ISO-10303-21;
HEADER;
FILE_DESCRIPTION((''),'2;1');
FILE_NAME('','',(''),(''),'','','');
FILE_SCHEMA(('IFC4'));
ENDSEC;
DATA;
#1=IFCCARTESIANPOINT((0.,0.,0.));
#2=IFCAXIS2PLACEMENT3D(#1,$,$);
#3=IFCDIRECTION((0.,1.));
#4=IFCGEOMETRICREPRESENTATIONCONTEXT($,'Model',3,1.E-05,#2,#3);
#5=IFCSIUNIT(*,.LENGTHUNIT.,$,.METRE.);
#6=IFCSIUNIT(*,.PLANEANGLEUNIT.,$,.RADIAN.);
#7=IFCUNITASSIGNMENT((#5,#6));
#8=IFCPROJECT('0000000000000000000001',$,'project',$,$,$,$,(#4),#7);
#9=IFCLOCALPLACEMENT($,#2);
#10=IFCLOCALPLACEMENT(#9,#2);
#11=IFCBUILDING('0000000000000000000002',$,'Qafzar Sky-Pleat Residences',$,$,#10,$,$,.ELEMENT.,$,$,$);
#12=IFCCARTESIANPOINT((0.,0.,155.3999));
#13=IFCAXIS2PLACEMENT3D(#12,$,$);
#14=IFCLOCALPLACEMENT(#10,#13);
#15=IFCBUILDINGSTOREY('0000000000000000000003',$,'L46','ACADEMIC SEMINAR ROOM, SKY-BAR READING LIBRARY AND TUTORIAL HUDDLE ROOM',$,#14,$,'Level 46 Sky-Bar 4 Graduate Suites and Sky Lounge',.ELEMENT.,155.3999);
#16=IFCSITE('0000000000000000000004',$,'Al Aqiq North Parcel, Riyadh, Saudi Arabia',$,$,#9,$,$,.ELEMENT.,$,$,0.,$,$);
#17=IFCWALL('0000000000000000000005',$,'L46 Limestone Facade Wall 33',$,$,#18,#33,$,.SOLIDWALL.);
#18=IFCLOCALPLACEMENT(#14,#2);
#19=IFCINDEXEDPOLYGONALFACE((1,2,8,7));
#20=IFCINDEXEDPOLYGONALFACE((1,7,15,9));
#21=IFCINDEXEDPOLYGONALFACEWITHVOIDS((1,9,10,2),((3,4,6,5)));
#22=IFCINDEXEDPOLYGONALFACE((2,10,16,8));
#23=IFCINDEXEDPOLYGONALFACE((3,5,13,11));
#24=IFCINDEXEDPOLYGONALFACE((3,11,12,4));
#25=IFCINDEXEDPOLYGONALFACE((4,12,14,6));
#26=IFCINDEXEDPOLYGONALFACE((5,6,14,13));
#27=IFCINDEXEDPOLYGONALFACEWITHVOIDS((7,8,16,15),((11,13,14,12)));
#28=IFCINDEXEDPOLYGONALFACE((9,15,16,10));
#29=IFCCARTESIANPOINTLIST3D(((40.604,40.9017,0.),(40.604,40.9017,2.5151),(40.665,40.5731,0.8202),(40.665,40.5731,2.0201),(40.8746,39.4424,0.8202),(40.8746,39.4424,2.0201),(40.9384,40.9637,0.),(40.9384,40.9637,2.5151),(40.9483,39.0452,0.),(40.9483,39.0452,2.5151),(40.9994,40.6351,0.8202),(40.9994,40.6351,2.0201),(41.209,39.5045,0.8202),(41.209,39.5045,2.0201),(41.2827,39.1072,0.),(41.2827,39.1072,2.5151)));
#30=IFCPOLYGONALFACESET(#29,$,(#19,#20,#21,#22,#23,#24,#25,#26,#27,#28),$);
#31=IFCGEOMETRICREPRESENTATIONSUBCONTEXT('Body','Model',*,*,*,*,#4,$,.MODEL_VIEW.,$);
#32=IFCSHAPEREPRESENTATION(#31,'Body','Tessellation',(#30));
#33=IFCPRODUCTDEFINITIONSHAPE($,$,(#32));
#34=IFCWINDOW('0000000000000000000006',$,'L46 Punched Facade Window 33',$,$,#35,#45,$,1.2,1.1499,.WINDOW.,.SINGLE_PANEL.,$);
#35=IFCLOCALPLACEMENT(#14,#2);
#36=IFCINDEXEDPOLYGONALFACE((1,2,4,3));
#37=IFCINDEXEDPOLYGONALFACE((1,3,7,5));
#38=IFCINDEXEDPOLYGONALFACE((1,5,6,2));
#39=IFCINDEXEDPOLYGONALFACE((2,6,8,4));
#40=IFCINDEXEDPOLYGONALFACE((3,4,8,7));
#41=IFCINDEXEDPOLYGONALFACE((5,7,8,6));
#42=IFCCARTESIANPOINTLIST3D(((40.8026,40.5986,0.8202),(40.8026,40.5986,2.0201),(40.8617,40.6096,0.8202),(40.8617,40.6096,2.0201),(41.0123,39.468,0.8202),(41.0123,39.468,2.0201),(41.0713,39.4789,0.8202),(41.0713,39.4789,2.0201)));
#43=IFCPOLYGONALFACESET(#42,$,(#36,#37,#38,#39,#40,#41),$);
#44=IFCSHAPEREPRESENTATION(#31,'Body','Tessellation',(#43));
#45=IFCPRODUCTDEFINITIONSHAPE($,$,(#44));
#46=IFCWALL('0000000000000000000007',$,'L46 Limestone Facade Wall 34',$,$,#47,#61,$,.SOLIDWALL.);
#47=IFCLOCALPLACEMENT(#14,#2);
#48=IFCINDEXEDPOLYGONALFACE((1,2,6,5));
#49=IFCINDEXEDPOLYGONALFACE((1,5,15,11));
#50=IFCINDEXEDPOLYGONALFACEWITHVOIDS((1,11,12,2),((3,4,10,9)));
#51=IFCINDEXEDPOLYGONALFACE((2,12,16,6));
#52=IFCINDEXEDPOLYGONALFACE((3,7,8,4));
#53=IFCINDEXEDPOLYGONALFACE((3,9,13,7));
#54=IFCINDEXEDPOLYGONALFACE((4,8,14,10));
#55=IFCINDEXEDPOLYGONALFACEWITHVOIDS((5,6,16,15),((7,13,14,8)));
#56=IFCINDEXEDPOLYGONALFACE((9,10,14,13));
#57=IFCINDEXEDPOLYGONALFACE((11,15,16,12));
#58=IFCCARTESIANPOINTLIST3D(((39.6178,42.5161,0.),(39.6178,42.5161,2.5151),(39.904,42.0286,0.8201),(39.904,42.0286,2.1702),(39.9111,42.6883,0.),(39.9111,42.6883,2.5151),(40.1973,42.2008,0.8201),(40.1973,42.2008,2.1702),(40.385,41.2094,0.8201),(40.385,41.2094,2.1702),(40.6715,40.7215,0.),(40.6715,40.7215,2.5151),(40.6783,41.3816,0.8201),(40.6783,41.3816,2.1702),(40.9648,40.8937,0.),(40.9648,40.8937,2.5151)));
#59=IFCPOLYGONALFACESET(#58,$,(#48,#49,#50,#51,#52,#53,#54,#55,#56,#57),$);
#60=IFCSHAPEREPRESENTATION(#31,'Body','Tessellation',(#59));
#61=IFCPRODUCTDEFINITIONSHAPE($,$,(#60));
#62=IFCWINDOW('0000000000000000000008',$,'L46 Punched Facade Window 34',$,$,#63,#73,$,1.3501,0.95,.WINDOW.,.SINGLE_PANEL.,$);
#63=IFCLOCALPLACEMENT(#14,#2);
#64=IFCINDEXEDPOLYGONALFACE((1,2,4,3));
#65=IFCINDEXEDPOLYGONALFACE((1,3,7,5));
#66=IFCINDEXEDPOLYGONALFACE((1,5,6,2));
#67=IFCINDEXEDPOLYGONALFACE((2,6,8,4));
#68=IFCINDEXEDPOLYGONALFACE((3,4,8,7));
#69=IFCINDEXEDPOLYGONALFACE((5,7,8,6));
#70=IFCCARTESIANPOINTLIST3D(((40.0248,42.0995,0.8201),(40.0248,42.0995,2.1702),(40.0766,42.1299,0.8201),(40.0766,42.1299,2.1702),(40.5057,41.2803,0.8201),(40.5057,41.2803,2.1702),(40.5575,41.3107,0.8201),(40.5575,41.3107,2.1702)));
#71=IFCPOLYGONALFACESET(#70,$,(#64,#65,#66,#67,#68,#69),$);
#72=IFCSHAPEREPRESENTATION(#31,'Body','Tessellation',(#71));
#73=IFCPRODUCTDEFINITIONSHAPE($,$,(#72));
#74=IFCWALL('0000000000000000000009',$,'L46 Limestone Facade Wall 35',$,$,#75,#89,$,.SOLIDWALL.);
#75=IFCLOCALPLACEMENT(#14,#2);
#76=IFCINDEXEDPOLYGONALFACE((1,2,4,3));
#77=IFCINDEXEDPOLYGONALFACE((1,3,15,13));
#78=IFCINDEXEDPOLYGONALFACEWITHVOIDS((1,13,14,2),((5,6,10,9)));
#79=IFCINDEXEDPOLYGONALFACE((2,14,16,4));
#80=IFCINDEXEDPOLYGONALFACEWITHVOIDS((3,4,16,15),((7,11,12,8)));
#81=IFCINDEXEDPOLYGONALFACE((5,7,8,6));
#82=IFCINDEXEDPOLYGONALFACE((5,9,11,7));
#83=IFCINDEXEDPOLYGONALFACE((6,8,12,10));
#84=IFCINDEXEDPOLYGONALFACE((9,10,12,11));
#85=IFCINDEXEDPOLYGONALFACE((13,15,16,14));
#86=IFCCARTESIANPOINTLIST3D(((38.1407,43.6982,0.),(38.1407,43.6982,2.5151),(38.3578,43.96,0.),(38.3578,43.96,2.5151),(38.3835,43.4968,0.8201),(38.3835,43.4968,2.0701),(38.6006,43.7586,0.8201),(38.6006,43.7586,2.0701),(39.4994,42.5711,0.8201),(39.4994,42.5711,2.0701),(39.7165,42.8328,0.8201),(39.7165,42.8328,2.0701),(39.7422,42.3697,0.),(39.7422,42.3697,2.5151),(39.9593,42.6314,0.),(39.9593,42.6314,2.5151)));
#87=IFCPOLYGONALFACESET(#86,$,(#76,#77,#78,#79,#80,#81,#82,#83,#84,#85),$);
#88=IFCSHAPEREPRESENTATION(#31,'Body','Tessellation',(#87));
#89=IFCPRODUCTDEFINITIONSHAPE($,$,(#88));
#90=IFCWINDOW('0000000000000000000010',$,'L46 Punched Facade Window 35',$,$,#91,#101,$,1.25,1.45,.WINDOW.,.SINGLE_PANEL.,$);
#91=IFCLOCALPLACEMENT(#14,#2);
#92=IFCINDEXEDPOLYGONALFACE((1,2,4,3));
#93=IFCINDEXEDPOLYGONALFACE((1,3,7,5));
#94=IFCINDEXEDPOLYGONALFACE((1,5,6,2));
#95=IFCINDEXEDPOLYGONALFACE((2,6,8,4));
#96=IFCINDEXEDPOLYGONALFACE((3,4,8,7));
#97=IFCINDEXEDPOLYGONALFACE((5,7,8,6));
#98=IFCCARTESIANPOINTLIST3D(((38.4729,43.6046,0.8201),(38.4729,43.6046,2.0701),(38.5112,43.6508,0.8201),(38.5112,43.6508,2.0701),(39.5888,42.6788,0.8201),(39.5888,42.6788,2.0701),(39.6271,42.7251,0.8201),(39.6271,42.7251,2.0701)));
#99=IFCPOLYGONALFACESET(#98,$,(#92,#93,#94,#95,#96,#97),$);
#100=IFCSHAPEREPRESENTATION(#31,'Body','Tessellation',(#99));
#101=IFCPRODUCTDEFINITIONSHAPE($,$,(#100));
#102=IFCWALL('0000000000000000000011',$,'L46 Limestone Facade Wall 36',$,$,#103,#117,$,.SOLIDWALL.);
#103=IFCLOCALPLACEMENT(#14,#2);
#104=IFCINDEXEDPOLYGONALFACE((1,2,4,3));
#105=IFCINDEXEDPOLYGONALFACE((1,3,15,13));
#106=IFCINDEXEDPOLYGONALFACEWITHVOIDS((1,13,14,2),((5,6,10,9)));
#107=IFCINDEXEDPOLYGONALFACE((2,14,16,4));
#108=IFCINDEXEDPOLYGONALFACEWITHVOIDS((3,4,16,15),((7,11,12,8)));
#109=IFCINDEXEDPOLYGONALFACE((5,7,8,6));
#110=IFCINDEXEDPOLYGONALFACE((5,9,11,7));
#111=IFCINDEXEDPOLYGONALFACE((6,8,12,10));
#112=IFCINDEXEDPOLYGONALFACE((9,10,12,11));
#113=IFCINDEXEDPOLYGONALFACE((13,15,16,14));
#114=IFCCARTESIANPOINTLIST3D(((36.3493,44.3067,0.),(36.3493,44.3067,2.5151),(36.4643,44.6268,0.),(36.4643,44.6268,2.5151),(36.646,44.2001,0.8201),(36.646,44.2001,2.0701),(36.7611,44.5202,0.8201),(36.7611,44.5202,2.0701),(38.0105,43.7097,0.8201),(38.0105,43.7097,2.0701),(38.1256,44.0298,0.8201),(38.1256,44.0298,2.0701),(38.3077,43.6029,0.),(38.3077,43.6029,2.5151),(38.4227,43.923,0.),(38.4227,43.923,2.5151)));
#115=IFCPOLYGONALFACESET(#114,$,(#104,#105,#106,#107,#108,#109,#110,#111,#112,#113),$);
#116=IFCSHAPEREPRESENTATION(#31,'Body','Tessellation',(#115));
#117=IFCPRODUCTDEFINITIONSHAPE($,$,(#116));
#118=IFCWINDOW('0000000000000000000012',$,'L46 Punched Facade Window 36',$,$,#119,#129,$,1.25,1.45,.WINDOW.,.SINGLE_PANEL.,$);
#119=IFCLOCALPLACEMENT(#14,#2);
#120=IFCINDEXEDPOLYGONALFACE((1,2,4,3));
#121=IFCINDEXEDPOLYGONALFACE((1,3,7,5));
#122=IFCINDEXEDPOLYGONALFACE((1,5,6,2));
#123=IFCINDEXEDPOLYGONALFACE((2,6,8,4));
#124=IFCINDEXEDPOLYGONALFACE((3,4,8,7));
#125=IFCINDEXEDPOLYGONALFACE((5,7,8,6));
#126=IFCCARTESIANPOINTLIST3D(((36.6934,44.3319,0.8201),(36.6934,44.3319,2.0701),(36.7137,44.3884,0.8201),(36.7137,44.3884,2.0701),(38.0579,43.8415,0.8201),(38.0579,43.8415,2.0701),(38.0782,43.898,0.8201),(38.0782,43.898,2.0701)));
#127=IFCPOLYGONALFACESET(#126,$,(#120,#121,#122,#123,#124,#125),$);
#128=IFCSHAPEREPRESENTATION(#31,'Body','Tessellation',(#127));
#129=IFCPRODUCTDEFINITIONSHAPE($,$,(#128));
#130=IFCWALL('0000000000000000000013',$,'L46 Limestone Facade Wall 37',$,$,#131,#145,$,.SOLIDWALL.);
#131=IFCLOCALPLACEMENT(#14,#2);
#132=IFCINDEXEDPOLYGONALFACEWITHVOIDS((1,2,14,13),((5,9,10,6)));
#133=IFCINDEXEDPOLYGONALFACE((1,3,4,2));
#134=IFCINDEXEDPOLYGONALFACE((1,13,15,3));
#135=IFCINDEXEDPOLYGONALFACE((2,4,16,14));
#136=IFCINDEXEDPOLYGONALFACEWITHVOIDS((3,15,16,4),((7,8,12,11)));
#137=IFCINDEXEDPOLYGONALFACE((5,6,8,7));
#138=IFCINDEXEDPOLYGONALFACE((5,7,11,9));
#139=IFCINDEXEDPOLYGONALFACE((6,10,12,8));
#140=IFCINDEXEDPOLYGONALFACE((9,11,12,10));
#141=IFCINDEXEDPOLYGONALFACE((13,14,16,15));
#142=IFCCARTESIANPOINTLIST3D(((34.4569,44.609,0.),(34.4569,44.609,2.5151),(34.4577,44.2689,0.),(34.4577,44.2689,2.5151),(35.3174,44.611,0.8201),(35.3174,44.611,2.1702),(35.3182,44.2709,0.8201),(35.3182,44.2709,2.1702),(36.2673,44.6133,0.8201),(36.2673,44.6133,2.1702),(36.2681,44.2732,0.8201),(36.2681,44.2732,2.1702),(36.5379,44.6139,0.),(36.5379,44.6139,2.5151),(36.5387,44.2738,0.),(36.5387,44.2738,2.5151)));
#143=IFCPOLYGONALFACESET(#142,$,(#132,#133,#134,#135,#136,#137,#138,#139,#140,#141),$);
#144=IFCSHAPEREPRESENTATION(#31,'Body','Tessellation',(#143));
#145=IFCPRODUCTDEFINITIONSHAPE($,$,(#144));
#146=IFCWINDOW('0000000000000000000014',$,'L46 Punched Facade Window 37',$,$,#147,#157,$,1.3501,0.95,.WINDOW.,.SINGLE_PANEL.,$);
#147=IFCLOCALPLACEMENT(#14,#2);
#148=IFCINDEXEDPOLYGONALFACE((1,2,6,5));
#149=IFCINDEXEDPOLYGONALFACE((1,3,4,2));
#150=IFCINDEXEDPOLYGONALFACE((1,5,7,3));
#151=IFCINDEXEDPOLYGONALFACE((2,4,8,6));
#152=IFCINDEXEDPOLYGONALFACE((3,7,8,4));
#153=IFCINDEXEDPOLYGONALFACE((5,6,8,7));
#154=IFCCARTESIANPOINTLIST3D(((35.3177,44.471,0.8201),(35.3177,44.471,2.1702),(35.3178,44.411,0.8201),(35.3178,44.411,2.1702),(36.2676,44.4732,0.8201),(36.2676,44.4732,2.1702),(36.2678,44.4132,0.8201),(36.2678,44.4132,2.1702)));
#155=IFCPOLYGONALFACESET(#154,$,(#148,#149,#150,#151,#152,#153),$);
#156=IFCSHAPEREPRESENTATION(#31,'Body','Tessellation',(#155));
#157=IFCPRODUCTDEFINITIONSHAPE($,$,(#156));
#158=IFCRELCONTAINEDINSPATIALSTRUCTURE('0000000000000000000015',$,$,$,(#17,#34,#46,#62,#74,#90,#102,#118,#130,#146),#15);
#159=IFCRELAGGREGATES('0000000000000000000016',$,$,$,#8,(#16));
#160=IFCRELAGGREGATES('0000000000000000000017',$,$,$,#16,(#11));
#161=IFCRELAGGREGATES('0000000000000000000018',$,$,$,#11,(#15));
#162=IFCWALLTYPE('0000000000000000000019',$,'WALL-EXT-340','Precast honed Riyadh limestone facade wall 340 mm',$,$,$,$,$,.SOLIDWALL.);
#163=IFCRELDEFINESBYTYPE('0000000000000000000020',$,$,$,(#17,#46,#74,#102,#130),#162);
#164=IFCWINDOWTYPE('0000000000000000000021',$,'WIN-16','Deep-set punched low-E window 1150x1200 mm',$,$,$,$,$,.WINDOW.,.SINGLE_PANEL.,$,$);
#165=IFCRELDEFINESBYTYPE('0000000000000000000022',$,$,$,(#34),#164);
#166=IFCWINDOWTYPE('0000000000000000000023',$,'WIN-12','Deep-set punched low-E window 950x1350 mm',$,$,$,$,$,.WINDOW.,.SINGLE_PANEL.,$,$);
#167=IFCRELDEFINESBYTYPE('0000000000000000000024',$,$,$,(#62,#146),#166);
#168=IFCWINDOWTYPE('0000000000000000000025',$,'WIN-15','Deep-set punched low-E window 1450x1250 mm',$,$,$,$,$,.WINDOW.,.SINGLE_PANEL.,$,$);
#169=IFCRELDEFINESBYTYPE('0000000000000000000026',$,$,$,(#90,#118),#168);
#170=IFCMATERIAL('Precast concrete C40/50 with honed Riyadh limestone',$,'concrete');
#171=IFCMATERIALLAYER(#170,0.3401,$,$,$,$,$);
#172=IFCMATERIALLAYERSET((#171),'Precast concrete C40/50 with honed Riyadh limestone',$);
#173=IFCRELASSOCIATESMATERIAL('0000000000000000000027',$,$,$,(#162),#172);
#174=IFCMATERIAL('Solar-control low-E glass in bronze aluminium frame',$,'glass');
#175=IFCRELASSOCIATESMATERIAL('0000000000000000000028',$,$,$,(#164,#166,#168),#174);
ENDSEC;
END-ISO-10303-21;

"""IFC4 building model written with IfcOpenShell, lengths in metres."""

from ifc_helpers import new_model, si_unit, direction, frame, frame_2d, origin, place, context, subcontext, project, spatial, rectangle, extrude, source, transform, mapped, material, layer, layer_set, type_object, element, fill, save


model = new_model("IFC4")

# Units and contexts
model_context = context("Model", 3, precision=1e-05, world=origin(), true_north=direction((0.0, 1.0)))
body_context = subcontext(model_context, "Body", "Model", "MODEL_VIEW")
ifc_project = project(units=[si_unit("LENGTHUNIT", "METRE"), si_unit("PLANEANGLEUNIT", "RADIAN")], contexts=[model_context])

# Site, building, storey
site_placement = place(None, origin())
site = spatial("IfcSite", under=ifc_project, at=site_placement, Name="Al Aqiq North Parcel, Riyadh, Saudi Arabia", CompositionType="ELEMENT", RefElevation=0.0)
building_placement = place(site_placement, origin())
building = spatial("IfcBuilding", under=site, at=building_placement, Name="Qafzar Sky-Pleat Residences", CompositionType="ELEMENT")
storey_placement = place(building_placement, frame((0.0, 0.0, 155.3999)))
storey = spatial("IfcBuildingStorey", under=building, at=storey_placement, Name="L46", Description="ACADEMIC SEMINAR ROOM, SKY-BAR READING LIBRARY AND TUTORIAL HUDDLE ROOM", LongName="Level 46 Sky-Bar 4 Graduate Suites and Sky Lounge", CompositionType="ELEMENT", Elevation=155.3999)

# Walls, openings, windows
ifc_material_1 = material(Name="Precast concrete C40/50 with honed Riyadh limestone", Category="concrete")
ifc_layer_1 = layer(ifc_material_1, 0.3401)
ifc_layer_set_1 = layer_set([ifc_layer_1], Name="Precast concrete C40/50 with honed Riyadh limestone")
wall_type_1 = type_object("IfcWallType", Name="WALL-EXT-340", Description="Precast honed Riyadh limestone facade wall 340 mm", PredefinedType="SOLIDWALL", material=ifc_layer_set_1)
wall_1_placement = place(storey_placement, frame((41.1155, 39.0762, 0.0), z_axis=(0.0, 0.0, 1.0), x_axis=(-0.182321, 0.983239, 0.0)))
wall_1 = element("IfcWall", 1, at=wall_1_placement, inside=storey, type_object=wall_type_1, Name="L46 Limestone Facade Wall 33", PredefinedType="SOLIDWALL", context=body_context, shape_type="SweptSolid", body=[
    extrude(rectangle(XDim=1.8882, YDim=0.3401, at=frame_2d((0.9441, 0.0))), origin(), (0.0, 0.0, 1.0), 2.5151),
])
opening_1_placement = place(wall_1_placement, frame((0.4041, 0.0, 0.8201)))
opening_1 = element("IfcOpeningElement", 2, at=opening_1_placement, cuts=wall_1, PredefinedType="OPENING", context=body_context, shape_type="SweptSolid", body=[
    extrude(rectangle(XDim=1.1499, YDim=1.2, at=frame_2d((0.575, 0.6001))), frame((0.0, 0.1802, 0.0), z_axis=(0.0, -1.0, 0.0), x_axis=(1.0, 0.0, 0.0)), (0.0, 0.0, 1.0), 0.3601),
])
ifc_material_2 = material(Name="Solar-control low-E glass in bronze aluminium frame", Category="glass")
window_type_1 = type_object("IfcWindowType", Name="WIN-16", Description="Deep-set punched low-E window 1150x1200 mm", PartitioningType="SINGLE_PANEL", PredefinedType="WINDOW", material=ifc_material_2)
shared_shape_1 = source(origin(), body_context, "Body", "SweptSolid", [
    extrude(rectangle(XDim=1.1499, YDim=1.2, at=frame_2d((0.575, 0.6001))), frame((0.0, 0.03, 0.0), z_axis=(0.0, -1.0, 0.0), x_axis=(1.0, 0.0, 0.0)), (0.0, 0.0, 1.0), 0.0601),
])
window_1_placement = place(opening_1_placement, origin())
window_1 = element("IfcWindow", 3, at=window_1_placement, inside=storey, type_object=window_type_1, Name="L46 Punched Facade Window 33", OverallHeight=1.2, OverallWidth=1.1499, PartitioningType="SINGLE_PANEL", PredefinedType="WINDOW", context=body_context, shape_type="MappedRepresentation", body=[
    mapped(shared_shape_1, transform((0.0, 0.0, 0.0), x_axis=(1.0, 0.0, 0.0), y_axis=(0.0, 1.0, 0.0), z_axis=(0.0, 0.0, 1.0), scale=1.0)),
])
fill(opening_1, window_1)
wall_2_placement = place(storey_placement, frame((40.8181, 40.8076, 0.0), z_axis=(0.0, 0.0, 1.0), x_axis=(-0.506312, 0.86235, 0.0)))
wall_2 = element("IfcWall", 4, at=wall_2_placement, inside=storey, type_object=wall_type_1, Name="L46 Limestone Facade Wall 34", PredefinedType="SOLIDWALL", context=body_context, shape_type="SweptSolid", body=[
    extrude(rectangle(XDim=2.0811, YDim=0.3401, at=frame_2d((1.0405, 0.0))), origin(), (0.0, 0.0, 1.0), 2.5151),
])
opening_2_placement = place(wall_2_placement, frame((0.5657, 0.0, 0.8201)))
opening_2 = element("IfcOpeningElement", 5, at=opening_2_placement, cuts=wall_2, PredefinedType="OPENING", context=body_context, shape_type="SweptSolid", body=[
    extrude(rectangle(XDim=0.95, YDim=1.3501, at=frame_2d((0.4751, 0.675))), frame((0.0, 0.1802, 0.0), z_axis=(0.0, -1.0, 0.0), x_axis=(1.0, 0.0, 0.0)), (0.0, 0.0, 1.0), 0.3601),
])
window_type_2 = type_object("IfcWindowType", Name="WIN-12", Description="Deep-set punched low-E window 950x1350 mm", PartitioningType="SINGLE_PANEL", PredefinedType="WINDOW", material=ifc_material_2)
shared_shape_2 = source(origin(), body_context, "Body", "SweptSolid", [
    extrude(rectangle(XDim=0.95, YDim=1.3501, at=frame_2d((0.4751, 0.675))), frame((0.0, 0.03, 0.0), z_axis=(0.0, -1.0, 0.0), x_axis=(1.0, 0.0, 0.0)), (0.0, 0.0, 1.0), 0.0601),
])
window_2_placement = place(opening_2_placement, origin())
window_2 = element("IfcWindow", 6, at=window_2_placement, inside=storey, type_object=window_type_2, Name="L46 Punched Facade Window 34", OverallHeight=1.3501, OverallWidth=0.95, PartitioningType="SINGLE_PANEL", PredefinedType="WINDOW", context=body_context, shape_type="MappedRepresentation", body=[
    mapped(shared_shape_2, transform((0.0, 0.0, 0.0), x_axis=(1.0, 0.0, 0.0), y_axis=(0.0, 1.0, 0.0), z_axis=(0.0, 0.0, 1.0), scale=1.0)),
])
fill(opening_2, window_2)
wall_3_placement = place(storey_placement, frame((39.8508, 42.5005, 0.0), z_axis=(0.0, 0.0, 1.0), x_axis=(-0.769643, 0.638475, 0.0)))
wall_3 = element("IfcWall", 7, at=wall_3_placement, inside=storey, type_object=wall_type_1, Name="L46 Limestone Facade Wall 35", PredefinedType="SOLIDWALL", context=body_context, shape_type="SweptSolid", body=[
    extrude(rectangle(XDim=2.0808, YDim=0.3401, at=frame_2d((1.0405, 0.0))), origin(), (0.0, 0.0, 1.0), 2.5151),
])
opening_3_placement = place(wall_3_placement, frame((0.3154, 0.0, 0.8201)))
opening_3 = element("IfcOpeningElement", 8, at=opening_3_placement, cuts=wall_3, PredefinedType="OPENING", context=body_context, shape_type="SweptSolid", body=[
    extrude(rectangle(XDim=1.45, YDim=1.25, at=frame_2d((0.7251, 0.625))), frame((0.0, 0.1802, 0.0), z_axis=(0.0, -1.0, 0.0), x_axis=(1.0, 0.0, 0.0)), (0.0, 0.0, 1.0), 0.3601),
])
window_type_3 = type_object("IfcWindowType", Name="WIN-15", Description="Deep-set punched low-E window 1450x1250 mm", PartitioningType="SINGLE_PANEL", PredefinedType="WINDOW", material=ifc_material_2)
shared_shape_3 = source(origin(), body_context, "Body", "SweptSolid", [
    extrude(rectangle(XDim=1.45, YDim=1.25, at=frame_2d((0.7251, 0.625))), frame((0.0, 0.03, 0.0), z_axis=(0.0, -1.0, 0.0), x_axis=(1.0, 0.0, 0.0)), (0.0, 0.0, 1.0), 0.0601),
])
window_3_placement = place(opening_3_placement, origin())
window_3 = element("IfcWindow", 9, at=window_3_placement, inside=storey, type_object=window_type_3, Name="L46 Punched Facade Window 35", OverallHeight=1.25, OverallWidth=1.45, PartitioningType="SINGLE_PANEL", PredefinedType="WINDOW", context=body_context, shape_type="MappedRepresentation", body=[
    mapped(shared_shape_3, transform((0.0, 0.0, 0.0), x_axis=(1.0, 0.0, 0.0), y_axis=(0.0, 1.0, 0.0), z_axis=(0.0, 0.0, 1.0), scale=1.0)),
])
fill(opening_3, window_3)
wall_4_placement = place(storey_placement, frame((38.3652, 43.7629, 0.0), z_axis=(0.0, 0.0, 1.0), x_axis=(-0.941071, 0.338208, 0.0)))
wall_4 = element("IfcWall", 10, at=wall_4_placement, inside=storey, type_object=wall_type_1, Name="L46 Limestone Facade Wall 36", PredefinedType="SOLIDWALL", context=body_context, shape_type="SweptSolid", body=[
    extrude(rectangle(XDim=2.0811, YDim=0.3401, at=frame_2d((1.0405, 0.0))), origin(), (0.0, 0.0, 1.0), 2.5151),
])
opening_4_placement = place(wall_4_placement, frame((0.3157, 0.0, 0.8201)))
opening_4 = element("IfcOpeningElement", 11, at=opening_4_placement, cuts=wall_4, PredefinedType="OPENING", context=body_context, shape_type="SweptSolid", body=[
    extrude(rectangle(XDim=1.45, YDim=1.25, at=frame_2d((0.7251, 0.625))), frame((0.0, 0.1802, 0.0), z_axis=(0.0, -1.0, 0.0), x_axis=(1.0, 0.0, 0.0)), (0.0, 0.0, 1.0), 0.3601),
])
window_4_placement = place(opening_4_placement, origin())
window_4 = element("IfcWindow", 12, at=window_4_placement, inside=storey, type_object=window_type_3, Name="L46 Punched Facade Window 36", OverallHeight=1.25, OverallWidth=1.45, PartitioningType="SINGLE_PANEL", PredefinedType="WINDOW", context=body_context, shape_type="MappedRepresentation", body=[
    mapped(shared_shape_3, transform((0.0, 0.0, 0.0), x_axis=(1.0, 0.0, 0.0), y_axis=(0.0, 1.0, 0.0), z_axis=(0.0, 0.0, 1.0), scale=1.0)),
])
fill(opening_4, window_4)
wall_5_placement = place(storey_placement, frame((36.5383, 44.4438, 0.0), z_axis=(0.0, 0.0, 1.0), x_axis=(-0.999997, -0.002346, 0.0)))
wall_5 = element("IfcWall", 13, at=wall_5_placement, inside=storey, type_object=wall_type_1, Name="L46 Limestone Facade Wall 37", PredefinedType="SOLIDWALL", context=body_context, shape_type="SweptSolid", body=[
    extrude(rectangle(XDim=2.0811, YDim=0.3401, at=frame_2d((1.0405, 0.0))), origin(), (0.0, 0.0, 1.0), 2.5151),
])
opening_5_placement = place(wall_5_placement, frame((0.2705, 0.0, 0.8201)))
opening_5 = element("IfcOpeningElement", 14, at=opening_5_placement, cuts=wall_5, PredefinedType="OPENING", context=body_context, shape_type="SweptSolid", body=[
    extrude(rectangle(XDim=0.95, YDim=1.3501, at=frame_2d((0.4751, 0.675))), frame((0.0, 0.1802, 0.0), z_axis=(0.0, -1.0, 0.0), x_axis=(1.0, 0.0, 0.0)), (0.0, 0.0, 1.0), 0.3601),
])
window_5_placement = place(opening_5_placement, origin())
window_5 = element("IfcWindow", 15, at=window_5_placement, inside=storey, type_object=window_type_2, Name="L46 Punched Facade Window 37", OverallHeight=1.3501, OverallWidth=0.95, PartitioningType="SINGLE_PANEL", PredefinedType="WINDOW", context=body_context, shape_type="MappedRepresentation", body=[
    mapped(shared_shape_2, transform((0.0, 0.0, 0.0), x_axis=(1.0, 0.0, 0.0), y_axis=(0.0, 1.0, 0.0), z_axis=(0.0, 0.0, 1.0), scale=1.0)),
])
fill(opening_5, window_5)

save(model, "model.ifc")
